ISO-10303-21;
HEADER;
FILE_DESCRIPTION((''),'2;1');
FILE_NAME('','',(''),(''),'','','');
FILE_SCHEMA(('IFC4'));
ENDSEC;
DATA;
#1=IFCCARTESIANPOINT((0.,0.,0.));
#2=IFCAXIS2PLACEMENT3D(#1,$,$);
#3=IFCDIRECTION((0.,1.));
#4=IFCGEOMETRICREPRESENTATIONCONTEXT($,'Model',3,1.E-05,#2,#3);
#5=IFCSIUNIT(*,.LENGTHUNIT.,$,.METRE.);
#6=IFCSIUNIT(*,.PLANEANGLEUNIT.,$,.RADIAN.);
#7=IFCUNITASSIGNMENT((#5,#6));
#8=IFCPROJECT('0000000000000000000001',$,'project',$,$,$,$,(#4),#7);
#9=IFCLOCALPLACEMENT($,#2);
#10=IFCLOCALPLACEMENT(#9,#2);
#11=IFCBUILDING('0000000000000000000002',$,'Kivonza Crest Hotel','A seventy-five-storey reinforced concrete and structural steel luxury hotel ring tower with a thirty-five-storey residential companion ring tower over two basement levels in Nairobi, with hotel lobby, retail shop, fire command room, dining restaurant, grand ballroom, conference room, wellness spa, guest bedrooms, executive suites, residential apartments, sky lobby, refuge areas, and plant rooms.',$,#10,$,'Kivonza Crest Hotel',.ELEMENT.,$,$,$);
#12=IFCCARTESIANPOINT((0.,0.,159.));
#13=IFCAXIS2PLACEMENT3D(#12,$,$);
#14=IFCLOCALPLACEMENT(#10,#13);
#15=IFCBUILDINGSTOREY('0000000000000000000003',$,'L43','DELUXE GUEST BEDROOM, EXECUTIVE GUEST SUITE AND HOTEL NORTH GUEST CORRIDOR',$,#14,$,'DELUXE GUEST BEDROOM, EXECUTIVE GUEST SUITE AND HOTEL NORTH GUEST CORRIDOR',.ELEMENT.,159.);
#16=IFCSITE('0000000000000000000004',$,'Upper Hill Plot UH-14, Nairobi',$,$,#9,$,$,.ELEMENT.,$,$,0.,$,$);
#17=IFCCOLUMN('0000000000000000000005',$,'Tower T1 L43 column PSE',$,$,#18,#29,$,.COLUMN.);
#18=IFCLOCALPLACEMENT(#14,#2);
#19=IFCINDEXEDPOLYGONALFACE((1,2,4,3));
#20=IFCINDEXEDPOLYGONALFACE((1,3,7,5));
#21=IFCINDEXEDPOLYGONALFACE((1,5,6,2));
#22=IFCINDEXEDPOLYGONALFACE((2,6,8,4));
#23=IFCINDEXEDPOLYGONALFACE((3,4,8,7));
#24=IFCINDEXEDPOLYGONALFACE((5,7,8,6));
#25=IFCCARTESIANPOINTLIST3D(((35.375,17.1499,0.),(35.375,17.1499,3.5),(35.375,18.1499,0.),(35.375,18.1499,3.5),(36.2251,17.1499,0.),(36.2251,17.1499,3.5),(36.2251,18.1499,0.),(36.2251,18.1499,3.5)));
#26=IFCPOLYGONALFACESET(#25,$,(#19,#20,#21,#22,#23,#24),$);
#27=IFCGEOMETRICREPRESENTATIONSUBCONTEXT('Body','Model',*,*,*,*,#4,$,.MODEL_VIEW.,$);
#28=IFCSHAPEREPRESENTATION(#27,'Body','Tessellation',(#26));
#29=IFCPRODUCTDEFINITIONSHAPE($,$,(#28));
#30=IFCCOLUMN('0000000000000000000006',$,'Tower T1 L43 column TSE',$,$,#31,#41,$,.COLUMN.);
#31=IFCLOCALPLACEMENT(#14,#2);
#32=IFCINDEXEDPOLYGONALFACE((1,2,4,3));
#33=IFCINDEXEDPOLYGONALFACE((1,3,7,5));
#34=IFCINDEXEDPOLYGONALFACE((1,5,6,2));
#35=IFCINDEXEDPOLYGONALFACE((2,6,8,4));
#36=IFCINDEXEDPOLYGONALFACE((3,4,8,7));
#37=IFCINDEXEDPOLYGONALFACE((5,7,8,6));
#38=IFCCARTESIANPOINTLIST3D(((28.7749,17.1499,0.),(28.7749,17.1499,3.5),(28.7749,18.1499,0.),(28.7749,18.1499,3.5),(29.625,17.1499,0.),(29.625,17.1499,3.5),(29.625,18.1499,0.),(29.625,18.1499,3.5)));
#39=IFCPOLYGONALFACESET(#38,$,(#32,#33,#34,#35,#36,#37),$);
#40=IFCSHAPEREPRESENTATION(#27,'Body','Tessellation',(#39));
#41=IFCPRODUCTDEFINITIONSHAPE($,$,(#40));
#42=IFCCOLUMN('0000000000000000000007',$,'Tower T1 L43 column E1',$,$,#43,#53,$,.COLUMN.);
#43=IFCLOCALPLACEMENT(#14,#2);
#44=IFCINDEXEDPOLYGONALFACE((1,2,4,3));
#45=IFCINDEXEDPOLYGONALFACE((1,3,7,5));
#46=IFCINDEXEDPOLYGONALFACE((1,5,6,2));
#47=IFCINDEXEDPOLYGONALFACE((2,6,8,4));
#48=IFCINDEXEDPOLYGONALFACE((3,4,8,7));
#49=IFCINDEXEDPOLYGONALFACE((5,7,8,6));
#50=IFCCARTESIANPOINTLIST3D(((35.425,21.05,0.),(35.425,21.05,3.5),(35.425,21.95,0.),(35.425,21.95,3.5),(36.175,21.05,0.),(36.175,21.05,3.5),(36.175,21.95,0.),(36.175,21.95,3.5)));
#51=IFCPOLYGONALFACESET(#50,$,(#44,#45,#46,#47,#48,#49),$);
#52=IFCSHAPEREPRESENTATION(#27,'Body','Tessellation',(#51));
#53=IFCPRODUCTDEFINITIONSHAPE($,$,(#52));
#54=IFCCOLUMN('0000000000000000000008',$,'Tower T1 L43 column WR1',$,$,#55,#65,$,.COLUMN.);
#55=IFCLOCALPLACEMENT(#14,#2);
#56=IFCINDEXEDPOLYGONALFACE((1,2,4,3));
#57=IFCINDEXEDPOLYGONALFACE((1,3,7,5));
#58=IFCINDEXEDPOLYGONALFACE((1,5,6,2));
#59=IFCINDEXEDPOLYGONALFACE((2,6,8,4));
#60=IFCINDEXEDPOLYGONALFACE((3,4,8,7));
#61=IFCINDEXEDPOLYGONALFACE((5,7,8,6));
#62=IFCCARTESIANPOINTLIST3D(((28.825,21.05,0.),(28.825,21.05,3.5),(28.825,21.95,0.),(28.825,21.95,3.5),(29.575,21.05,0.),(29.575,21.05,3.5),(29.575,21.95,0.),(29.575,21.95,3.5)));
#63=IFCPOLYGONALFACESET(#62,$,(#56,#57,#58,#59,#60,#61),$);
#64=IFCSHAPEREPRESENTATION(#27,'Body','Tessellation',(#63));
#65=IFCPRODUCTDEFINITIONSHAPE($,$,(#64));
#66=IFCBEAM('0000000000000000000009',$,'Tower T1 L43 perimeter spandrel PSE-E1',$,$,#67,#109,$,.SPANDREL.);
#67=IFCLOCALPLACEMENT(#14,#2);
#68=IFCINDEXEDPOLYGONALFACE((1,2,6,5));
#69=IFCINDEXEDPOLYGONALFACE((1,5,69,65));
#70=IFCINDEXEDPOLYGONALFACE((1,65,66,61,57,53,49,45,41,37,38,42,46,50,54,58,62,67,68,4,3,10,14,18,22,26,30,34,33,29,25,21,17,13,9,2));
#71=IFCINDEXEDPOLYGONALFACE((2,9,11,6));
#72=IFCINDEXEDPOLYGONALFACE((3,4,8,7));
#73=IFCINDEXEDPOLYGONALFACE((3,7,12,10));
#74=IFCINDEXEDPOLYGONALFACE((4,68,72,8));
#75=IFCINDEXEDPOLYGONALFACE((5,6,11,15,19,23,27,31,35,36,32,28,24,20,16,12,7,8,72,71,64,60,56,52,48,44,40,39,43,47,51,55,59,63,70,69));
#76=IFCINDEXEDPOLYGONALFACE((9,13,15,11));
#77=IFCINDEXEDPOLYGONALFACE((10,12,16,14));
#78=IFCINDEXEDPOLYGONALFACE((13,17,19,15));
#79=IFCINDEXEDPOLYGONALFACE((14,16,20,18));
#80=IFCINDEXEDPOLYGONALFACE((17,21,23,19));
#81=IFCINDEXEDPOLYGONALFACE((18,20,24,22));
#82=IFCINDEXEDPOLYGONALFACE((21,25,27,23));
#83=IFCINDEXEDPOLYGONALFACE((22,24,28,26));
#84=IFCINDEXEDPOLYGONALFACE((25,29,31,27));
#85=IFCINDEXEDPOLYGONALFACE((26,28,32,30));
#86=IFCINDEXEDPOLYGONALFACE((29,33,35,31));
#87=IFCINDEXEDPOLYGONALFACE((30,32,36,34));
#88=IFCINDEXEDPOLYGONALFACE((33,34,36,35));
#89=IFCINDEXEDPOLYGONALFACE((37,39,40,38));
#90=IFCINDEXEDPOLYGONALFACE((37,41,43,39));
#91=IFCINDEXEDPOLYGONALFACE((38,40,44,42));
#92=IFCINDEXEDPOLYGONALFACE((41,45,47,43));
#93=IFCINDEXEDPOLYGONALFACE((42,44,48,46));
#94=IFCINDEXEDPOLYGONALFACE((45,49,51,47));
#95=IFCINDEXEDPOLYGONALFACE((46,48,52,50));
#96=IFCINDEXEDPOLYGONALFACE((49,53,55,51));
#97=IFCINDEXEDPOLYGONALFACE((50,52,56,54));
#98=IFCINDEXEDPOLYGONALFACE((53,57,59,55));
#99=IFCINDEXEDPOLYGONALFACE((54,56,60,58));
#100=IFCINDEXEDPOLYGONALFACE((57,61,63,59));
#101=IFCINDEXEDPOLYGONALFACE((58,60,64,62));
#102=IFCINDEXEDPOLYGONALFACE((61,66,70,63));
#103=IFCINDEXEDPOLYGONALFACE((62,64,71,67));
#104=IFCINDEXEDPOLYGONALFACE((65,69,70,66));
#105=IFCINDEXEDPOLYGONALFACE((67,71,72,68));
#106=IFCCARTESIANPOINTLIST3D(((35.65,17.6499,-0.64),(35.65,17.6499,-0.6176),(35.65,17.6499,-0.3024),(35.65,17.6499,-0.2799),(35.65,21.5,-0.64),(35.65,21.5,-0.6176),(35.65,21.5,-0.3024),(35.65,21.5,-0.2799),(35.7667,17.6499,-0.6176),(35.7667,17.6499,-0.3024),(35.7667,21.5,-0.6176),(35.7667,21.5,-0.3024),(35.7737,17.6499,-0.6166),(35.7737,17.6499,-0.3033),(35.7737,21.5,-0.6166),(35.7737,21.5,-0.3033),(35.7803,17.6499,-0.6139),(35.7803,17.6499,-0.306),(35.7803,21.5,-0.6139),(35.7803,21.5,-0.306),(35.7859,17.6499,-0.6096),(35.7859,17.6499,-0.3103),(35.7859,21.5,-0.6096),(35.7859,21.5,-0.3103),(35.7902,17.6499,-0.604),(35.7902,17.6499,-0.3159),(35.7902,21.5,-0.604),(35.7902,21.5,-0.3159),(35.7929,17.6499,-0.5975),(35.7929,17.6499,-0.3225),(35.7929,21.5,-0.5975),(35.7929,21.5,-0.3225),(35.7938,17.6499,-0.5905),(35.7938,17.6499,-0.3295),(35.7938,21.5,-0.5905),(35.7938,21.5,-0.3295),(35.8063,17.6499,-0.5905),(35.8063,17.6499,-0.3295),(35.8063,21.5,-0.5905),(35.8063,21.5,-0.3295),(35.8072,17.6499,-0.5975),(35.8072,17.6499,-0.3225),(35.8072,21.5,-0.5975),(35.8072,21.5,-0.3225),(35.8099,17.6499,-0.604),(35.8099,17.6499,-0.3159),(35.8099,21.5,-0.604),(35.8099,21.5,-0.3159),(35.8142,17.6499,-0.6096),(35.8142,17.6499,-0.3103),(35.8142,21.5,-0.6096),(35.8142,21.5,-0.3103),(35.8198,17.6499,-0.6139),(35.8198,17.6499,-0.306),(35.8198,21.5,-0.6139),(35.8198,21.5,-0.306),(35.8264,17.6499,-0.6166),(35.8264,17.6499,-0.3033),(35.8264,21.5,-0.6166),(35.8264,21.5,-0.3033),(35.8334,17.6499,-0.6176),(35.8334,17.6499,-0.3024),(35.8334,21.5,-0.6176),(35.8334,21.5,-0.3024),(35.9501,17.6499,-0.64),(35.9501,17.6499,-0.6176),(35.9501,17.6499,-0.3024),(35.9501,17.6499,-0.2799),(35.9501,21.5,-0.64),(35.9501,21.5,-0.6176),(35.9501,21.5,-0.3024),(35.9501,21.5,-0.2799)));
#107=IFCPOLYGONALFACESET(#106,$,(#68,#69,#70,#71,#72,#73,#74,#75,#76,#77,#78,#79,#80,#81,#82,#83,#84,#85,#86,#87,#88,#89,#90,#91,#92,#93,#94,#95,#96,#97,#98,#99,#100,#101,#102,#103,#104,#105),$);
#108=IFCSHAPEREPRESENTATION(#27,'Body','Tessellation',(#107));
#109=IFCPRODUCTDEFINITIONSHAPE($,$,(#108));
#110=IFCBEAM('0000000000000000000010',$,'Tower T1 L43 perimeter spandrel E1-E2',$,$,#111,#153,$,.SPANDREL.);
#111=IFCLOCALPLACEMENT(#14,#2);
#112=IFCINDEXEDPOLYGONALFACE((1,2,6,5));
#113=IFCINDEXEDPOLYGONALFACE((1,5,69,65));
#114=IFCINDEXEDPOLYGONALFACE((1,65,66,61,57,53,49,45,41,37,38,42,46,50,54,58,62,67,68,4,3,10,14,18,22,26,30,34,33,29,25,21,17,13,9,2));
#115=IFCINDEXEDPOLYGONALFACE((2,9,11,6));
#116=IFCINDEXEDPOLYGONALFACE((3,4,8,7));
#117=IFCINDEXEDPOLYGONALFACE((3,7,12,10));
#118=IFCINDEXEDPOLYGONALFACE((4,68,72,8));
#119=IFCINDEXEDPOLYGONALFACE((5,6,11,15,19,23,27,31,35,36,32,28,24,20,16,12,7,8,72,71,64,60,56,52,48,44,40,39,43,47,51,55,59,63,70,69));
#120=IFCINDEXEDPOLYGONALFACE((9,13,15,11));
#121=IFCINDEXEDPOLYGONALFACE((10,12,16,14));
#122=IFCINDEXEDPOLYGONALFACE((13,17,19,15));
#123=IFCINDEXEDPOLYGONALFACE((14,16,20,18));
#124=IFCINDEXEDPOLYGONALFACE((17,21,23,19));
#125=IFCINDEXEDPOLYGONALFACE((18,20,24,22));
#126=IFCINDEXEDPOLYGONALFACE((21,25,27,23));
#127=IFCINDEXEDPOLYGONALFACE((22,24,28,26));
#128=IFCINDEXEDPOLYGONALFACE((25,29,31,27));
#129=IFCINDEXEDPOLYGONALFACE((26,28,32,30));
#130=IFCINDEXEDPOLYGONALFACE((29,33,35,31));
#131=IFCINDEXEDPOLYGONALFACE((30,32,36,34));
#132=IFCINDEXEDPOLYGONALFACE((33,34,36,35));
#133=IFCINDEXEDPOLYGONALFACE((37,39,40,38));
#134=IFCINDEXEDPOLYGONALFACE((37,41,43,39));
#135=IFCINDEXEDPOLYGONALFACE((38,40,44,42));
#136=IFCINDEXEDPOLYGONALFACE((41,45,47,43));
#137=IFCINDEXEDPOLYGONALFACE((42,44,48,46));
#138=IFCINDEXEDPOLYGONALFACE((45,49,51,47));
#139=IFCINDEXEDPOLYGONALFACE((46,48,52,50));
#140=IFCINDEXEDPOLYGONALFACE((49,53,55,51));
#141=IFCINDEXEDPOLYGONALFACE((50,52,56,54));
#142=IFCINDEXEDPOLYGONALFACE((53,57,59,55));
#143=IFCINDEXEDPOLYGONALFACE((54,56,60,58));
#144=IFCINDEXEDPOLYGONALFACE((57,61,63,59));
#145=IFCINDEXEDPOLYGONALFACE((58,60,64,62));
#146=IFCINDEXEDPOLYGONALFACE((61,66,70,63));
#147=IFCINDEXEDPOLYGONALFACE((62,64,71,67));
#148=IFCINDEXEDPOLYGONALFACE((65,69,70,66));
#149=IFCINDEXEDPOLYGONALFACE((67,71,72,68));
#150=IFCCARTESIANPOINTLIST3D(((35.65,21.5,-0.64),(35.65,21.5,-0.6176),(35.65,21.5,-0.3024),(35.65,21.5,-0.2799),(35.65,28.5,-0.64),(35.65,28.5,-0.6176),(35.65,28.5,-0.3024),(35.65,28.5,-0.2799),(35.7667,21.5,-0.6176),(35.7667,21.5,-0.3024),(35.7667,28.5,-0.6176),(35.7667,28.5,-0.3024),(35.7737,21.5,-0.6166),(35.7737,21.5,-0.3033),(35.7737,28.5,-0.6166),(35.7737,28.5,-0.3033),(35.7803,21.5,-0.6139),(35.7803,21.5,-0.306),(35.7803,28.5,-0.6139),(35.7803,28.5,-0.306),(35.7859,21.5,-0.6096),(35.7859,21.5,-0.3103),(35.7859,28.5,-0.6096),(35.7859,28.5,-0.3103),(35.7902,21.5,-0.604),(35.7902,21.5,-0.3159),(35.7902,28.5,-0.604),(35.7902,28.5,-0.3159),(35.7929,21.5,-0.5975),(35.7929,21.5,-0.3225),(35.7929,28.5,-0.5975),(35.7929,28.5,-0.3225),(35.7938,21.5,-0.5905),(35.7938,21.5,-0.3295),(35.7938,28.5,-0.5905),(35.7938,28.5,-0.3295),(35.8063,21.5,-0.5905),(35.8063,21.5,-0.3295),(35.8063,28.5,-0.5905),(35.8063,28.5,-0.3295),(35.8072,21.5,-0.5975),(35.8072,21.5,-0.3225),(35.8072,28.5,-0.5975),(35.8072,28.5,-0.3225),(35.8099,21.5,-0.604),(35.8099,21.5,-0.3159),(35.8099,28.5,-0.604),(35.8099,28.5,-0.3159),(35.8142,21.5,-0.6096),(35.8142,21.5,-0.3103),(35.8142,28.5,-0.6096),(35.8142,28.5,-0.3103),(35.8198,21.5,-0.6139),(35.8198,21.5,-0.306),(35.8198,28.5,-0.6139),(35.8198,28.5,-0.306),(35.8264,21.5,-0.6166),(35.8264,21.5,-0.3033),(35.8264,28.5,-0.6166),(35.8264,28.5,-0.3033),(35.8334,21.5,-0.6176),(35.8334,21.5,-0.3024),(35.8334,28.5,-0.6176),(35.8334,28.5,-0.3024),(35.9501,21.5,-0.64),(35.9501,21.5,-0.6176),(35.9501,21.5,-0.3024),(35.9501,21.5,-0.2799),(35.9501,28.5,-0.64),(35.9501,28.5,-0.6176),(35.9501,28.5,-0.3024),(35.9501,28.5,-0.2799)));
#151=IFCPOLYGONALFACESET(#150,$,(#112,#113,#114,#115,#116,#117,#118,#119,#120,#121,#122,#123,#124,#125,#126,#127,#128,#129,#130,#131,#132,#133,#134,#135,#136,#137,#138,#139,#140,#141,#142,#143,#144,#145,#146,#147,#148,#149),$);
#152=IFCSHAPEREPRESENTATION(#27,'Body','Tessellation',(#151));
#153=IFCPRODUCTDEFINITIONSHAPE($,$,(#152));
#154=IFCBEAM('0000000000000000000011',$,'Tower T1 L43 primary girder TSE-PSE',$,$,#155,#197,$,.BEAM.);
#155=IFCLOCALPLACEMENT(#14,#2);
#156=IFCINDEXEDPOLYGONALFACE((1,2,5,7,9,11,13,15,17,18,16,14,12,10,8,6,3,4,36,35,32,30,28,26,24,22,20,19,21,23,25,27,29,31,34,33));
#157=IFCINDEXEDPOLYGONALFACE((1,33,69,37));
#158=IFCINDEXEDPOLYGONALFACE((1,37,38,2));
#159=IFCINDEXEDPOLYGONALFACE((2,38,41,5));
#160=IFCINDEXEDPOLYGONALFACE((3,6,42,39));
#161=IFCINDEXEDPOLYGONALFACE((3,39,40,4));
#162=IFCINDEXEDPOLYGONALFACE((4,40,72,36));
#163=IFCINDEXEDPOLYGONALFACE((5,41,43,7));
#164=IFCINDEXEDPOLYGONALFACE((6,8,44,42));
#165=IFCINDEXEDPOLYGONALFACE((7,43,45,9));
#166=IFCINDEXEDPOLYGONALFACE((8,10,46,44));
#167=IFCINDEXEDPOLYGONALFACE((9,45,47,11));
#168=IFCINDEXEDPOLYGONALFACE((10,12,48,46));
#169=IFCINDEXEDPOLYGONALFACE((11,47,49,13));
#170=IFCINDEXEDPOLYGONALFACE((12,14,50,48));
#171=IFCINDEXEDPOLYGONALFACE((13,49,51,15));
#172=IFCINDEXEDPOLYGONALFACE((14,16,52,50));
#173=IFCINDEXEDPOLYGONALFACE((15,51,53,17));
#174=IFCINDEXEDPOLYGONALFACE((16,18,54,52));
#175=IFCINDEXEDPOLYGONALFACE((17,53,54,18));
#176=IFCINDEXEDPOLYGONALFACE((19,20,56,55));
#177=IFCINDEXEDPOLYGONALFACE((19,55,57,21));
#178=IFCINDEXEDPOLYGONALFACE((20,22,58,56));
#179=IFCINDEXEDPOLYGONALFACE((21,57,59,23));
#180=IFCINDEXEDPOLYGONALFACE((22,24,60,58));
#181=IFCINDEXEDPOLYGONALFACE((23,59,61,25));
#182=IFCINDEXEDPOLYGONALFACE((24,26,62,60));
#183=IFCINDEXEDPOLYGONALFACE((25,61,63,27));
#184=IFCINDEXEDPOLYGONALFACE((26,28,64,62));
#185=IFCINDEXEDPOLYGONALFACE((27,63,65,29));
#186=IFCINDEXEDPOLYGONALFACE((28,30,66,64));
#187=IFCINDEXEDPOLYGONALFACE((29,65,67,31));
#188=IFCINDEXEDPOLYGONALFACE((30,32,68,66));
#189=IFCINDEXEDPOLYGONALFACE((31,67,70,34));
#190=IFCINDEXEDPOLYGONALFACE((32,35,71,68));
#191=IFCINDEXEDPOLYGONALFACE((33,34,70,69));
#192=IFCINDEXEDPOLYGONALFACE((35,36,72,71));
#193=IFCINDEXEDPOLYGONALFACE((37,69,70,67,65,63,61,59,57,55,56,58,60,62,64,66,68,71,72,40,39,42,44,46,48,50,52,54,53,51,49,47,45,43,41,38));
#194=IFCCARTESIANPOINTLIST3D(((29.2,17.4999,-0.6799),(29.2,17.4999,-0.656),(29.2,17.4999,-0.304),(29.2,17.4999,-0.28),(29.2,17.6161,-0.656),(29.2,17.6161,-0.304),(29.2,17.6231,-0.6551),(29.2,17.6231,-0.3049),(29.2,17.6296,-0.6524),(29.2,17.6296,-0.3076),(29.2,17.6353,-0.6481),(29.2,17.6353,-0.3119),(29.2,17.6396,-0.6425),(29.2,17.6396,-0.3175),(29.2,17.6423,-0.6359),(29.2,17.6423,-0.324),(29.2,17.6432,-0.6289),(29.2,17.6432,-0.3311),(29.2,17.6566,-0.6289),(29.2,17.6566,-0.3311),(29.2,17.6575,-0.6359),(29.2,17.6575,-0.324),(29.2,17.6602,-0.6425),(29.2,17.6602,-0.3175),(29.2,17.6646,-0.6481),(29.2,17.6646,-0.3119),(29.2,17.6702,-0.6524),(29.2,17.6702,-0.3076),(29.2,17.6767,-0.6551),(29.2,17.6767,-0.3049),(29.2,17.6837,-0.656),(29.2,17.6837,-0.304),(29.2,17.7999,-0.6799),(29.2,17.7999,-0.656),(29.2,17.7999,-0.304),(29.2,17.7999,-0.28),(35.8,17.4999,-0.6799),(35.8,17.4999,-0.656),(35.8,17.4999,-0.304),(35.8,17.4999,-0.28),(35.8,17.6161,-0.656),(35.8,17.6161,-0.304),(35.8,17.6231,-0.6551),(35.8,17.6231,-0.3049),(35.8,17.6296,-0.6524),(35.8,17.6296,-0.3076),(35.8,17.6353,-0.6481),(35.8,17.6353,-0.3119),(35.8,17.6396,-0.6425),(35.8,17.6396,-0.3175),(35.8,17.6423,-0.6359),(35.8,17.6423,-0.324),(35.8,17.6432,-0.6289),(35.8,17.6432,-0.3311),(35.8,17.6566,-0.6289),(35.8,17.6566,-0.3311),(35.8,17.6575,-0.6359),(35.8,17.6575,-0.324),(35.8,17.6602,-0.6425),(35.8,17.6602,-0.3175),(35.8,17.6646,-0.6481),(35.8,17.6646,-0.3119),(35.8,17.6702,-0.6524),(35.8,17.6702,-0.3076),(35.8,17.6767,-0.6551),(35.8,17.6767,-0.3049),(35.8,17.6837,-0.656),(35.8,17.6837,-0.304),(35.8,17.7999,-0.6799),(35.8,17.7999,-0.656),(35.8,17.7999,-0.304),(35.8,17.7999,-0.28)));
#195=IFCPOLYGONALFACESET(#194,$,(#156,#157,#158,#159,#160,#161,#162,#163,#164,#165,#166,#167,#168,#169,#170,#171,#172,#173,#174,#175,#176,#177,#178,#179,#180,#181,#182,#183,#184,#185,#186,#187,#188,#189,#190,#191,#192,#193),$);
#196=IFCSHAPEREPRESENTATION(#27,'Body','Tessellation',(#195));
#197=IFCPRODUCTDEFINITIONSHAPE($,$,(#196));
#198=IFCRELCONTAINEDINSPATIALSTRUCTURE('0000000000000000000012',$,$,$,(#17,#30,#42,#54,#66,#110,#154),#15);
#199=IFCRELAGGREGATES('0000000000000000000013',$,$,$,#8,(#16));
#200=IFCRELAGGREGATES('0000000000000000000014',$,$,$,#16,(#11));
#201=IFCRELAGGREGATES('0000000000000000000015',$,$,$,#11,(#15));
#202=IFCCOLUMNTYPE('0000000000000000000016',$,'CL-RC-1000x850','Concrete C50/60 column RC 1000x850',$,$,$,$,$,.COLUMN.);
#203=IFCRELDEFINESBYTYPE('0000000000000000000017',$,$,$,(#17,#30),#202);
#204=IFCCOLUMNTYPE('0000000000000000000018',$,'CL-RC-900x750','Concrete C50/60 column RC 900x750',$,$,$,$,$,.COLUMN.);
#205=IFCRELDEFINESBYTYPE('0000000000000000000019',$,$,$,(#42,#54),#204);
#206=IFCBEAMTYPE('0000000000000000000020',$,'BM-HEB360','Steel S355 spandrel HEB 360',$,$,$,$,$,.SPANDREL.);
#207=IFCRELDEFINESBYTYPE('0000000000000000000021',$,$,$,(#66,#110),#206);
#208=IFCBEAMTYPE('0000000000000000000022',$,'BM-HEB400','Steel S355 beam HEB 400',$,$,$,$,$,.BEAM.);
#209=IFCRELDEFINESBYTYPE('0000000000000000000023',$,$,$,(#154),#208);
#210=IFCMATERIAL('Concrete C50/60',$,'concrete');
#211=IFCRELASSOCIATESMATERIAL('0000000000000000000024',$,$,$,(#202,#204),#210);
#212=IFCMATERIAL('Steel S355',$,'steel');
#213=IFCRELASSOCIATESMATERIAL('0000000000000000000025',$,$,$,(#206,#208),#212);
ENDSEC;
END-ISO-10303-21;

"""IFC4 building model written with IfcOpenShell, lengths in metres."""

from ifc_helpers import new_model, si_unit, direction, frame, origin, origin_2d, place, context, subcontext, project, spatial, rectangle, i_section, extrude, material, material_profile, profile_set, type_object, element, save


model = new_model("IFC4")

# Units and contexts
model_context = context("Model", 3, precision=1e-05, world=origin(), true_north=direction((0.0, 1.0)))
body_context = subcontext(model_context, "Body", "Model", "MODEL_VIEW")
ifc_project = project(units=[si_unit("LENGTHUNIT", "METRE"), si_unit("PLANEANGLEUNIT", "RADIAN")], contexts=[model_context])

# Site, building, storey
site_placement = place(None, origin())
site = spatial("IfcSite", under=ifc_project, at=site_placement, Name="Upper Hill Plot UH-14, Nairobi", CompositionType="ELEMENT", RefElevation=0.0)
building_placement = place(site_placement, origin())
building = spatial("IfcBuilding", under=site, at=building_placement, Name="Kivonza Crest Hotel", Description="A seventy-five-storey reinforced concrete and structural steel luxury hotel ring tower with a thirty-five-storey residential companion ring tower over two basement levels in Nairobi, with hotel lobby, retail shop, fire command room, dining restaurant, grand ballroom, conference room, wellness spa, guest bedrooms, executive suites, residential apartments, sky lobby, refuge areas, and plant rooms.", LongName="Kivonza Crest Hotel", CompositionType="ELEMENT")
storey_placement = place(building_placement, frame((0.0, 0.0, 159.0)))
storey = spatial("IfcBuildingStorey", under=building, at=storey_placement, Name="L43", Description="DELUXE GUEST BEDROOM, EXECUTIVE GUEST SUITE AND HOTEL NORTH GUEST CORRIDOR", LongName="DELUXE GUEST BEDROOM, EXECUTIVE GUEST SUITE AND HOTEL NORTH GUEST CORRIDOR", CompositionType="ELEMENT", Elevation=159.0)

# Columns
ifc_material_1 = material(Name="Concrete C50/60", Category="concrete")
ifc_material_profile_1 = material_profile(ifc_material_1, rectangle(XDim=0.8501, YDim=1.0, at=origin_2d()), Name="RC 1000x850")
ifc_profile_set_1 = profile_set([ifc_material_profile_1], Name="Concrete C50/60")
column_type_1 = type_object("IfcColumnType", Name="CL-RC-1000x850", Description="Concrete C50/60 column RC 1000x850", PredefinedType="COLUMN", material=ifc_profile_set_1)
for number, where, z_axis, x_axis, name in (
    (1, (35.8, 17.6499, 0.0), (0.0, 0.0, 1.0), (1.0, 0.0, 0.0), "Tower T1 L43 column PSE"),
    (2, (29.2, 17.6499, 0.0), (0.0, 0.0, 1.0), (1.0, 0.0, 0.0), "Tower T1 L43 column TSE"),
):
    element("IfcColumn", number, at=place(storey_placement, frame(where, z_axis=z_axis, x_axis=x_axis)), inside=storey, type_object=column_type_1, Name=name, PredefinedType="COLUMN", context=body_context, shape_type="SweptSolid", body=[
        extrude(rectangle(XDim=0.8501, YDim=1.0, at=origin_2d()), origin(), (0.0, 0.0, 1.0), 3.5),
    ])
ifc_material_profile_2 = material_profile(ifc_material_1, rectangle(XDim=0.75, YDim=0.8999, at=origin_2d()), Name="RC 900x750")
ifc_profile_set_2 = profile_set([ifc_material_profile_2], Name="Concrete C50/60")
column_type_2 = type_object("IfcColumnType", Name="CL-RC-900x750", Description="Concrete C50/60 column RC 900x750", PredefinedType="COLUMN", material=ifc_profile_set_2)
for number, where, z_axis, x_axis, name in (
    (3, (35.8, 21.5, 0.0), (0.0, 0.0, 1.0), (1.0, 0.0, 0.0), "Tower T1 L43 column E1"),
    (4, (29.2, 21.5, 0.0), (0.0, 0.0, 1.0), (1.0, 0.0, 0.0), "Tower T1 L43 column WR1"),
):
    element("IfcColumn", number, at=place(storey_placement, frame(where, z_axis=z_axis, x_axis=x_axis)), inside=storey, type_object=column_type_2, Name=name, PredefinedType="COLUMN", context=body_context, shape_type="SweptSolid", body=[
        extrude(rectangle(XDim=0.75, YDim=0.8999, at=origin_2d()), origin(), (0.0, 0.0, 1.0), 3.5),
    ])

# Beams
ifc_material_2 = material(Name="Steel S355", Category="steel")
ifc_material_profile_3 = material_profile(ifc_material_2, i_section(OverallWidth=0.3, OverallDepth=0.3601, WebThickness=0.0125, FlangeThickness=0.0225, FilletRadius=0.0271, at=origin_2d()), Name="HEB 360")
ifc_profile_set_3 = profile_set([ifc_material_profile_3], Name="Steel S355")
beam_type_1 = type_object("IfcBeamType", Name="BM-HEB360", Description="Steel S355 spandrel HEB 360", PredefinedType="SPANDREL", material=ifc_profile_set_3)
beam_1_placement = place(storey_placement, frame((35.8, 17.6499, -0.46), z_axis=(0.0, 1.0, 0.0), x_axis=(-1.0, 0.0, 0.0)))
element("IfcBeam", 5, at=beam_1_placement, inside=storey, type_object=beam_type_1, Name="Tower T1 L43 perimeter spandrel PSE-E1", PredefinedType="SPANDREL", context=body_context, shape_type="SweptSolid", body=[
    extrude(i_section(OverallWidth=0.3, OverallDepth=0.3601, WebThickness=0.0125, FlangeThickness=0.0225, FilletRadius=0.0271, at=origin_2d()), origin(), (0.0, 0.0, 1.0), 3.8501),
])
beam_2_placement = place(storey_placement, frame((35.8, 21.5, -0.46), z_axis=(0.0, 1.0, 0.0), x_axis=(-1.0, 0.0, 0.0)))
element("IfcBeam", 6, at=beam_2_placement, inside=storey, type_object=beam_type_1, Name="Tower T1 L43 perimeter spandrel E1-E2", PredefinedType="SPANDREL", context=body_context, shape_type="SweptSolid", body=[
    extrude(i_section(OverallWidth=0.3, OverallDepth=0.3601, WebThickness=0.0125, FlangeThickness=0.0225, FilletRadius=0.0271, at=origin_2d()), origin(), (0.0, 0.0, 1.0), 7.0),
])
ifc_material_profile_4 = material_profile(ifc_material_2, i_section(OverallWidth=0.3, OverallDepth=0.3999, WebThickness=0.0134, FlangeThickness=0.0239, FilletRadius=0.0271, at=origin_2d()), Name="HEB 400")
ifc_profile_set_4 = profile_set([ifc_material_profile_4], Name="Steel S355")
beam_type_2 = type_object("IfcBeamType", Name="BM-HEB400", Description="Steel S355 beam HEB 400", PredefinedType="BEAM", material=ifc_profile_set_4)
beam_3_placement = place(storey_placement, frame((29.2, 17.6499, -0.48), z_axis=(1.0, 0.0, 0.0), x_axis=(0.0, 1.0, 0.0)))
element("IfcBeam", 7, at=beam_3_placement, inside=storey, type_object=beam_type_2, Name="Tower T1 L43 primary girder TSE-PSE", PredefinedType="BEAM", context=body_context, shape_type="SweptSolid", body=[
    extrude(i_section(OverallWidth=0.3, OverallDepth=0.3999, WebThickness=0.0134, FlangeThickness=0.0239, FilletRadius=0.0271, at=origin_2d()), origin(), (0.0, 0.0, 1.0), 6.6001),
])

save(model, "model.ifc")
